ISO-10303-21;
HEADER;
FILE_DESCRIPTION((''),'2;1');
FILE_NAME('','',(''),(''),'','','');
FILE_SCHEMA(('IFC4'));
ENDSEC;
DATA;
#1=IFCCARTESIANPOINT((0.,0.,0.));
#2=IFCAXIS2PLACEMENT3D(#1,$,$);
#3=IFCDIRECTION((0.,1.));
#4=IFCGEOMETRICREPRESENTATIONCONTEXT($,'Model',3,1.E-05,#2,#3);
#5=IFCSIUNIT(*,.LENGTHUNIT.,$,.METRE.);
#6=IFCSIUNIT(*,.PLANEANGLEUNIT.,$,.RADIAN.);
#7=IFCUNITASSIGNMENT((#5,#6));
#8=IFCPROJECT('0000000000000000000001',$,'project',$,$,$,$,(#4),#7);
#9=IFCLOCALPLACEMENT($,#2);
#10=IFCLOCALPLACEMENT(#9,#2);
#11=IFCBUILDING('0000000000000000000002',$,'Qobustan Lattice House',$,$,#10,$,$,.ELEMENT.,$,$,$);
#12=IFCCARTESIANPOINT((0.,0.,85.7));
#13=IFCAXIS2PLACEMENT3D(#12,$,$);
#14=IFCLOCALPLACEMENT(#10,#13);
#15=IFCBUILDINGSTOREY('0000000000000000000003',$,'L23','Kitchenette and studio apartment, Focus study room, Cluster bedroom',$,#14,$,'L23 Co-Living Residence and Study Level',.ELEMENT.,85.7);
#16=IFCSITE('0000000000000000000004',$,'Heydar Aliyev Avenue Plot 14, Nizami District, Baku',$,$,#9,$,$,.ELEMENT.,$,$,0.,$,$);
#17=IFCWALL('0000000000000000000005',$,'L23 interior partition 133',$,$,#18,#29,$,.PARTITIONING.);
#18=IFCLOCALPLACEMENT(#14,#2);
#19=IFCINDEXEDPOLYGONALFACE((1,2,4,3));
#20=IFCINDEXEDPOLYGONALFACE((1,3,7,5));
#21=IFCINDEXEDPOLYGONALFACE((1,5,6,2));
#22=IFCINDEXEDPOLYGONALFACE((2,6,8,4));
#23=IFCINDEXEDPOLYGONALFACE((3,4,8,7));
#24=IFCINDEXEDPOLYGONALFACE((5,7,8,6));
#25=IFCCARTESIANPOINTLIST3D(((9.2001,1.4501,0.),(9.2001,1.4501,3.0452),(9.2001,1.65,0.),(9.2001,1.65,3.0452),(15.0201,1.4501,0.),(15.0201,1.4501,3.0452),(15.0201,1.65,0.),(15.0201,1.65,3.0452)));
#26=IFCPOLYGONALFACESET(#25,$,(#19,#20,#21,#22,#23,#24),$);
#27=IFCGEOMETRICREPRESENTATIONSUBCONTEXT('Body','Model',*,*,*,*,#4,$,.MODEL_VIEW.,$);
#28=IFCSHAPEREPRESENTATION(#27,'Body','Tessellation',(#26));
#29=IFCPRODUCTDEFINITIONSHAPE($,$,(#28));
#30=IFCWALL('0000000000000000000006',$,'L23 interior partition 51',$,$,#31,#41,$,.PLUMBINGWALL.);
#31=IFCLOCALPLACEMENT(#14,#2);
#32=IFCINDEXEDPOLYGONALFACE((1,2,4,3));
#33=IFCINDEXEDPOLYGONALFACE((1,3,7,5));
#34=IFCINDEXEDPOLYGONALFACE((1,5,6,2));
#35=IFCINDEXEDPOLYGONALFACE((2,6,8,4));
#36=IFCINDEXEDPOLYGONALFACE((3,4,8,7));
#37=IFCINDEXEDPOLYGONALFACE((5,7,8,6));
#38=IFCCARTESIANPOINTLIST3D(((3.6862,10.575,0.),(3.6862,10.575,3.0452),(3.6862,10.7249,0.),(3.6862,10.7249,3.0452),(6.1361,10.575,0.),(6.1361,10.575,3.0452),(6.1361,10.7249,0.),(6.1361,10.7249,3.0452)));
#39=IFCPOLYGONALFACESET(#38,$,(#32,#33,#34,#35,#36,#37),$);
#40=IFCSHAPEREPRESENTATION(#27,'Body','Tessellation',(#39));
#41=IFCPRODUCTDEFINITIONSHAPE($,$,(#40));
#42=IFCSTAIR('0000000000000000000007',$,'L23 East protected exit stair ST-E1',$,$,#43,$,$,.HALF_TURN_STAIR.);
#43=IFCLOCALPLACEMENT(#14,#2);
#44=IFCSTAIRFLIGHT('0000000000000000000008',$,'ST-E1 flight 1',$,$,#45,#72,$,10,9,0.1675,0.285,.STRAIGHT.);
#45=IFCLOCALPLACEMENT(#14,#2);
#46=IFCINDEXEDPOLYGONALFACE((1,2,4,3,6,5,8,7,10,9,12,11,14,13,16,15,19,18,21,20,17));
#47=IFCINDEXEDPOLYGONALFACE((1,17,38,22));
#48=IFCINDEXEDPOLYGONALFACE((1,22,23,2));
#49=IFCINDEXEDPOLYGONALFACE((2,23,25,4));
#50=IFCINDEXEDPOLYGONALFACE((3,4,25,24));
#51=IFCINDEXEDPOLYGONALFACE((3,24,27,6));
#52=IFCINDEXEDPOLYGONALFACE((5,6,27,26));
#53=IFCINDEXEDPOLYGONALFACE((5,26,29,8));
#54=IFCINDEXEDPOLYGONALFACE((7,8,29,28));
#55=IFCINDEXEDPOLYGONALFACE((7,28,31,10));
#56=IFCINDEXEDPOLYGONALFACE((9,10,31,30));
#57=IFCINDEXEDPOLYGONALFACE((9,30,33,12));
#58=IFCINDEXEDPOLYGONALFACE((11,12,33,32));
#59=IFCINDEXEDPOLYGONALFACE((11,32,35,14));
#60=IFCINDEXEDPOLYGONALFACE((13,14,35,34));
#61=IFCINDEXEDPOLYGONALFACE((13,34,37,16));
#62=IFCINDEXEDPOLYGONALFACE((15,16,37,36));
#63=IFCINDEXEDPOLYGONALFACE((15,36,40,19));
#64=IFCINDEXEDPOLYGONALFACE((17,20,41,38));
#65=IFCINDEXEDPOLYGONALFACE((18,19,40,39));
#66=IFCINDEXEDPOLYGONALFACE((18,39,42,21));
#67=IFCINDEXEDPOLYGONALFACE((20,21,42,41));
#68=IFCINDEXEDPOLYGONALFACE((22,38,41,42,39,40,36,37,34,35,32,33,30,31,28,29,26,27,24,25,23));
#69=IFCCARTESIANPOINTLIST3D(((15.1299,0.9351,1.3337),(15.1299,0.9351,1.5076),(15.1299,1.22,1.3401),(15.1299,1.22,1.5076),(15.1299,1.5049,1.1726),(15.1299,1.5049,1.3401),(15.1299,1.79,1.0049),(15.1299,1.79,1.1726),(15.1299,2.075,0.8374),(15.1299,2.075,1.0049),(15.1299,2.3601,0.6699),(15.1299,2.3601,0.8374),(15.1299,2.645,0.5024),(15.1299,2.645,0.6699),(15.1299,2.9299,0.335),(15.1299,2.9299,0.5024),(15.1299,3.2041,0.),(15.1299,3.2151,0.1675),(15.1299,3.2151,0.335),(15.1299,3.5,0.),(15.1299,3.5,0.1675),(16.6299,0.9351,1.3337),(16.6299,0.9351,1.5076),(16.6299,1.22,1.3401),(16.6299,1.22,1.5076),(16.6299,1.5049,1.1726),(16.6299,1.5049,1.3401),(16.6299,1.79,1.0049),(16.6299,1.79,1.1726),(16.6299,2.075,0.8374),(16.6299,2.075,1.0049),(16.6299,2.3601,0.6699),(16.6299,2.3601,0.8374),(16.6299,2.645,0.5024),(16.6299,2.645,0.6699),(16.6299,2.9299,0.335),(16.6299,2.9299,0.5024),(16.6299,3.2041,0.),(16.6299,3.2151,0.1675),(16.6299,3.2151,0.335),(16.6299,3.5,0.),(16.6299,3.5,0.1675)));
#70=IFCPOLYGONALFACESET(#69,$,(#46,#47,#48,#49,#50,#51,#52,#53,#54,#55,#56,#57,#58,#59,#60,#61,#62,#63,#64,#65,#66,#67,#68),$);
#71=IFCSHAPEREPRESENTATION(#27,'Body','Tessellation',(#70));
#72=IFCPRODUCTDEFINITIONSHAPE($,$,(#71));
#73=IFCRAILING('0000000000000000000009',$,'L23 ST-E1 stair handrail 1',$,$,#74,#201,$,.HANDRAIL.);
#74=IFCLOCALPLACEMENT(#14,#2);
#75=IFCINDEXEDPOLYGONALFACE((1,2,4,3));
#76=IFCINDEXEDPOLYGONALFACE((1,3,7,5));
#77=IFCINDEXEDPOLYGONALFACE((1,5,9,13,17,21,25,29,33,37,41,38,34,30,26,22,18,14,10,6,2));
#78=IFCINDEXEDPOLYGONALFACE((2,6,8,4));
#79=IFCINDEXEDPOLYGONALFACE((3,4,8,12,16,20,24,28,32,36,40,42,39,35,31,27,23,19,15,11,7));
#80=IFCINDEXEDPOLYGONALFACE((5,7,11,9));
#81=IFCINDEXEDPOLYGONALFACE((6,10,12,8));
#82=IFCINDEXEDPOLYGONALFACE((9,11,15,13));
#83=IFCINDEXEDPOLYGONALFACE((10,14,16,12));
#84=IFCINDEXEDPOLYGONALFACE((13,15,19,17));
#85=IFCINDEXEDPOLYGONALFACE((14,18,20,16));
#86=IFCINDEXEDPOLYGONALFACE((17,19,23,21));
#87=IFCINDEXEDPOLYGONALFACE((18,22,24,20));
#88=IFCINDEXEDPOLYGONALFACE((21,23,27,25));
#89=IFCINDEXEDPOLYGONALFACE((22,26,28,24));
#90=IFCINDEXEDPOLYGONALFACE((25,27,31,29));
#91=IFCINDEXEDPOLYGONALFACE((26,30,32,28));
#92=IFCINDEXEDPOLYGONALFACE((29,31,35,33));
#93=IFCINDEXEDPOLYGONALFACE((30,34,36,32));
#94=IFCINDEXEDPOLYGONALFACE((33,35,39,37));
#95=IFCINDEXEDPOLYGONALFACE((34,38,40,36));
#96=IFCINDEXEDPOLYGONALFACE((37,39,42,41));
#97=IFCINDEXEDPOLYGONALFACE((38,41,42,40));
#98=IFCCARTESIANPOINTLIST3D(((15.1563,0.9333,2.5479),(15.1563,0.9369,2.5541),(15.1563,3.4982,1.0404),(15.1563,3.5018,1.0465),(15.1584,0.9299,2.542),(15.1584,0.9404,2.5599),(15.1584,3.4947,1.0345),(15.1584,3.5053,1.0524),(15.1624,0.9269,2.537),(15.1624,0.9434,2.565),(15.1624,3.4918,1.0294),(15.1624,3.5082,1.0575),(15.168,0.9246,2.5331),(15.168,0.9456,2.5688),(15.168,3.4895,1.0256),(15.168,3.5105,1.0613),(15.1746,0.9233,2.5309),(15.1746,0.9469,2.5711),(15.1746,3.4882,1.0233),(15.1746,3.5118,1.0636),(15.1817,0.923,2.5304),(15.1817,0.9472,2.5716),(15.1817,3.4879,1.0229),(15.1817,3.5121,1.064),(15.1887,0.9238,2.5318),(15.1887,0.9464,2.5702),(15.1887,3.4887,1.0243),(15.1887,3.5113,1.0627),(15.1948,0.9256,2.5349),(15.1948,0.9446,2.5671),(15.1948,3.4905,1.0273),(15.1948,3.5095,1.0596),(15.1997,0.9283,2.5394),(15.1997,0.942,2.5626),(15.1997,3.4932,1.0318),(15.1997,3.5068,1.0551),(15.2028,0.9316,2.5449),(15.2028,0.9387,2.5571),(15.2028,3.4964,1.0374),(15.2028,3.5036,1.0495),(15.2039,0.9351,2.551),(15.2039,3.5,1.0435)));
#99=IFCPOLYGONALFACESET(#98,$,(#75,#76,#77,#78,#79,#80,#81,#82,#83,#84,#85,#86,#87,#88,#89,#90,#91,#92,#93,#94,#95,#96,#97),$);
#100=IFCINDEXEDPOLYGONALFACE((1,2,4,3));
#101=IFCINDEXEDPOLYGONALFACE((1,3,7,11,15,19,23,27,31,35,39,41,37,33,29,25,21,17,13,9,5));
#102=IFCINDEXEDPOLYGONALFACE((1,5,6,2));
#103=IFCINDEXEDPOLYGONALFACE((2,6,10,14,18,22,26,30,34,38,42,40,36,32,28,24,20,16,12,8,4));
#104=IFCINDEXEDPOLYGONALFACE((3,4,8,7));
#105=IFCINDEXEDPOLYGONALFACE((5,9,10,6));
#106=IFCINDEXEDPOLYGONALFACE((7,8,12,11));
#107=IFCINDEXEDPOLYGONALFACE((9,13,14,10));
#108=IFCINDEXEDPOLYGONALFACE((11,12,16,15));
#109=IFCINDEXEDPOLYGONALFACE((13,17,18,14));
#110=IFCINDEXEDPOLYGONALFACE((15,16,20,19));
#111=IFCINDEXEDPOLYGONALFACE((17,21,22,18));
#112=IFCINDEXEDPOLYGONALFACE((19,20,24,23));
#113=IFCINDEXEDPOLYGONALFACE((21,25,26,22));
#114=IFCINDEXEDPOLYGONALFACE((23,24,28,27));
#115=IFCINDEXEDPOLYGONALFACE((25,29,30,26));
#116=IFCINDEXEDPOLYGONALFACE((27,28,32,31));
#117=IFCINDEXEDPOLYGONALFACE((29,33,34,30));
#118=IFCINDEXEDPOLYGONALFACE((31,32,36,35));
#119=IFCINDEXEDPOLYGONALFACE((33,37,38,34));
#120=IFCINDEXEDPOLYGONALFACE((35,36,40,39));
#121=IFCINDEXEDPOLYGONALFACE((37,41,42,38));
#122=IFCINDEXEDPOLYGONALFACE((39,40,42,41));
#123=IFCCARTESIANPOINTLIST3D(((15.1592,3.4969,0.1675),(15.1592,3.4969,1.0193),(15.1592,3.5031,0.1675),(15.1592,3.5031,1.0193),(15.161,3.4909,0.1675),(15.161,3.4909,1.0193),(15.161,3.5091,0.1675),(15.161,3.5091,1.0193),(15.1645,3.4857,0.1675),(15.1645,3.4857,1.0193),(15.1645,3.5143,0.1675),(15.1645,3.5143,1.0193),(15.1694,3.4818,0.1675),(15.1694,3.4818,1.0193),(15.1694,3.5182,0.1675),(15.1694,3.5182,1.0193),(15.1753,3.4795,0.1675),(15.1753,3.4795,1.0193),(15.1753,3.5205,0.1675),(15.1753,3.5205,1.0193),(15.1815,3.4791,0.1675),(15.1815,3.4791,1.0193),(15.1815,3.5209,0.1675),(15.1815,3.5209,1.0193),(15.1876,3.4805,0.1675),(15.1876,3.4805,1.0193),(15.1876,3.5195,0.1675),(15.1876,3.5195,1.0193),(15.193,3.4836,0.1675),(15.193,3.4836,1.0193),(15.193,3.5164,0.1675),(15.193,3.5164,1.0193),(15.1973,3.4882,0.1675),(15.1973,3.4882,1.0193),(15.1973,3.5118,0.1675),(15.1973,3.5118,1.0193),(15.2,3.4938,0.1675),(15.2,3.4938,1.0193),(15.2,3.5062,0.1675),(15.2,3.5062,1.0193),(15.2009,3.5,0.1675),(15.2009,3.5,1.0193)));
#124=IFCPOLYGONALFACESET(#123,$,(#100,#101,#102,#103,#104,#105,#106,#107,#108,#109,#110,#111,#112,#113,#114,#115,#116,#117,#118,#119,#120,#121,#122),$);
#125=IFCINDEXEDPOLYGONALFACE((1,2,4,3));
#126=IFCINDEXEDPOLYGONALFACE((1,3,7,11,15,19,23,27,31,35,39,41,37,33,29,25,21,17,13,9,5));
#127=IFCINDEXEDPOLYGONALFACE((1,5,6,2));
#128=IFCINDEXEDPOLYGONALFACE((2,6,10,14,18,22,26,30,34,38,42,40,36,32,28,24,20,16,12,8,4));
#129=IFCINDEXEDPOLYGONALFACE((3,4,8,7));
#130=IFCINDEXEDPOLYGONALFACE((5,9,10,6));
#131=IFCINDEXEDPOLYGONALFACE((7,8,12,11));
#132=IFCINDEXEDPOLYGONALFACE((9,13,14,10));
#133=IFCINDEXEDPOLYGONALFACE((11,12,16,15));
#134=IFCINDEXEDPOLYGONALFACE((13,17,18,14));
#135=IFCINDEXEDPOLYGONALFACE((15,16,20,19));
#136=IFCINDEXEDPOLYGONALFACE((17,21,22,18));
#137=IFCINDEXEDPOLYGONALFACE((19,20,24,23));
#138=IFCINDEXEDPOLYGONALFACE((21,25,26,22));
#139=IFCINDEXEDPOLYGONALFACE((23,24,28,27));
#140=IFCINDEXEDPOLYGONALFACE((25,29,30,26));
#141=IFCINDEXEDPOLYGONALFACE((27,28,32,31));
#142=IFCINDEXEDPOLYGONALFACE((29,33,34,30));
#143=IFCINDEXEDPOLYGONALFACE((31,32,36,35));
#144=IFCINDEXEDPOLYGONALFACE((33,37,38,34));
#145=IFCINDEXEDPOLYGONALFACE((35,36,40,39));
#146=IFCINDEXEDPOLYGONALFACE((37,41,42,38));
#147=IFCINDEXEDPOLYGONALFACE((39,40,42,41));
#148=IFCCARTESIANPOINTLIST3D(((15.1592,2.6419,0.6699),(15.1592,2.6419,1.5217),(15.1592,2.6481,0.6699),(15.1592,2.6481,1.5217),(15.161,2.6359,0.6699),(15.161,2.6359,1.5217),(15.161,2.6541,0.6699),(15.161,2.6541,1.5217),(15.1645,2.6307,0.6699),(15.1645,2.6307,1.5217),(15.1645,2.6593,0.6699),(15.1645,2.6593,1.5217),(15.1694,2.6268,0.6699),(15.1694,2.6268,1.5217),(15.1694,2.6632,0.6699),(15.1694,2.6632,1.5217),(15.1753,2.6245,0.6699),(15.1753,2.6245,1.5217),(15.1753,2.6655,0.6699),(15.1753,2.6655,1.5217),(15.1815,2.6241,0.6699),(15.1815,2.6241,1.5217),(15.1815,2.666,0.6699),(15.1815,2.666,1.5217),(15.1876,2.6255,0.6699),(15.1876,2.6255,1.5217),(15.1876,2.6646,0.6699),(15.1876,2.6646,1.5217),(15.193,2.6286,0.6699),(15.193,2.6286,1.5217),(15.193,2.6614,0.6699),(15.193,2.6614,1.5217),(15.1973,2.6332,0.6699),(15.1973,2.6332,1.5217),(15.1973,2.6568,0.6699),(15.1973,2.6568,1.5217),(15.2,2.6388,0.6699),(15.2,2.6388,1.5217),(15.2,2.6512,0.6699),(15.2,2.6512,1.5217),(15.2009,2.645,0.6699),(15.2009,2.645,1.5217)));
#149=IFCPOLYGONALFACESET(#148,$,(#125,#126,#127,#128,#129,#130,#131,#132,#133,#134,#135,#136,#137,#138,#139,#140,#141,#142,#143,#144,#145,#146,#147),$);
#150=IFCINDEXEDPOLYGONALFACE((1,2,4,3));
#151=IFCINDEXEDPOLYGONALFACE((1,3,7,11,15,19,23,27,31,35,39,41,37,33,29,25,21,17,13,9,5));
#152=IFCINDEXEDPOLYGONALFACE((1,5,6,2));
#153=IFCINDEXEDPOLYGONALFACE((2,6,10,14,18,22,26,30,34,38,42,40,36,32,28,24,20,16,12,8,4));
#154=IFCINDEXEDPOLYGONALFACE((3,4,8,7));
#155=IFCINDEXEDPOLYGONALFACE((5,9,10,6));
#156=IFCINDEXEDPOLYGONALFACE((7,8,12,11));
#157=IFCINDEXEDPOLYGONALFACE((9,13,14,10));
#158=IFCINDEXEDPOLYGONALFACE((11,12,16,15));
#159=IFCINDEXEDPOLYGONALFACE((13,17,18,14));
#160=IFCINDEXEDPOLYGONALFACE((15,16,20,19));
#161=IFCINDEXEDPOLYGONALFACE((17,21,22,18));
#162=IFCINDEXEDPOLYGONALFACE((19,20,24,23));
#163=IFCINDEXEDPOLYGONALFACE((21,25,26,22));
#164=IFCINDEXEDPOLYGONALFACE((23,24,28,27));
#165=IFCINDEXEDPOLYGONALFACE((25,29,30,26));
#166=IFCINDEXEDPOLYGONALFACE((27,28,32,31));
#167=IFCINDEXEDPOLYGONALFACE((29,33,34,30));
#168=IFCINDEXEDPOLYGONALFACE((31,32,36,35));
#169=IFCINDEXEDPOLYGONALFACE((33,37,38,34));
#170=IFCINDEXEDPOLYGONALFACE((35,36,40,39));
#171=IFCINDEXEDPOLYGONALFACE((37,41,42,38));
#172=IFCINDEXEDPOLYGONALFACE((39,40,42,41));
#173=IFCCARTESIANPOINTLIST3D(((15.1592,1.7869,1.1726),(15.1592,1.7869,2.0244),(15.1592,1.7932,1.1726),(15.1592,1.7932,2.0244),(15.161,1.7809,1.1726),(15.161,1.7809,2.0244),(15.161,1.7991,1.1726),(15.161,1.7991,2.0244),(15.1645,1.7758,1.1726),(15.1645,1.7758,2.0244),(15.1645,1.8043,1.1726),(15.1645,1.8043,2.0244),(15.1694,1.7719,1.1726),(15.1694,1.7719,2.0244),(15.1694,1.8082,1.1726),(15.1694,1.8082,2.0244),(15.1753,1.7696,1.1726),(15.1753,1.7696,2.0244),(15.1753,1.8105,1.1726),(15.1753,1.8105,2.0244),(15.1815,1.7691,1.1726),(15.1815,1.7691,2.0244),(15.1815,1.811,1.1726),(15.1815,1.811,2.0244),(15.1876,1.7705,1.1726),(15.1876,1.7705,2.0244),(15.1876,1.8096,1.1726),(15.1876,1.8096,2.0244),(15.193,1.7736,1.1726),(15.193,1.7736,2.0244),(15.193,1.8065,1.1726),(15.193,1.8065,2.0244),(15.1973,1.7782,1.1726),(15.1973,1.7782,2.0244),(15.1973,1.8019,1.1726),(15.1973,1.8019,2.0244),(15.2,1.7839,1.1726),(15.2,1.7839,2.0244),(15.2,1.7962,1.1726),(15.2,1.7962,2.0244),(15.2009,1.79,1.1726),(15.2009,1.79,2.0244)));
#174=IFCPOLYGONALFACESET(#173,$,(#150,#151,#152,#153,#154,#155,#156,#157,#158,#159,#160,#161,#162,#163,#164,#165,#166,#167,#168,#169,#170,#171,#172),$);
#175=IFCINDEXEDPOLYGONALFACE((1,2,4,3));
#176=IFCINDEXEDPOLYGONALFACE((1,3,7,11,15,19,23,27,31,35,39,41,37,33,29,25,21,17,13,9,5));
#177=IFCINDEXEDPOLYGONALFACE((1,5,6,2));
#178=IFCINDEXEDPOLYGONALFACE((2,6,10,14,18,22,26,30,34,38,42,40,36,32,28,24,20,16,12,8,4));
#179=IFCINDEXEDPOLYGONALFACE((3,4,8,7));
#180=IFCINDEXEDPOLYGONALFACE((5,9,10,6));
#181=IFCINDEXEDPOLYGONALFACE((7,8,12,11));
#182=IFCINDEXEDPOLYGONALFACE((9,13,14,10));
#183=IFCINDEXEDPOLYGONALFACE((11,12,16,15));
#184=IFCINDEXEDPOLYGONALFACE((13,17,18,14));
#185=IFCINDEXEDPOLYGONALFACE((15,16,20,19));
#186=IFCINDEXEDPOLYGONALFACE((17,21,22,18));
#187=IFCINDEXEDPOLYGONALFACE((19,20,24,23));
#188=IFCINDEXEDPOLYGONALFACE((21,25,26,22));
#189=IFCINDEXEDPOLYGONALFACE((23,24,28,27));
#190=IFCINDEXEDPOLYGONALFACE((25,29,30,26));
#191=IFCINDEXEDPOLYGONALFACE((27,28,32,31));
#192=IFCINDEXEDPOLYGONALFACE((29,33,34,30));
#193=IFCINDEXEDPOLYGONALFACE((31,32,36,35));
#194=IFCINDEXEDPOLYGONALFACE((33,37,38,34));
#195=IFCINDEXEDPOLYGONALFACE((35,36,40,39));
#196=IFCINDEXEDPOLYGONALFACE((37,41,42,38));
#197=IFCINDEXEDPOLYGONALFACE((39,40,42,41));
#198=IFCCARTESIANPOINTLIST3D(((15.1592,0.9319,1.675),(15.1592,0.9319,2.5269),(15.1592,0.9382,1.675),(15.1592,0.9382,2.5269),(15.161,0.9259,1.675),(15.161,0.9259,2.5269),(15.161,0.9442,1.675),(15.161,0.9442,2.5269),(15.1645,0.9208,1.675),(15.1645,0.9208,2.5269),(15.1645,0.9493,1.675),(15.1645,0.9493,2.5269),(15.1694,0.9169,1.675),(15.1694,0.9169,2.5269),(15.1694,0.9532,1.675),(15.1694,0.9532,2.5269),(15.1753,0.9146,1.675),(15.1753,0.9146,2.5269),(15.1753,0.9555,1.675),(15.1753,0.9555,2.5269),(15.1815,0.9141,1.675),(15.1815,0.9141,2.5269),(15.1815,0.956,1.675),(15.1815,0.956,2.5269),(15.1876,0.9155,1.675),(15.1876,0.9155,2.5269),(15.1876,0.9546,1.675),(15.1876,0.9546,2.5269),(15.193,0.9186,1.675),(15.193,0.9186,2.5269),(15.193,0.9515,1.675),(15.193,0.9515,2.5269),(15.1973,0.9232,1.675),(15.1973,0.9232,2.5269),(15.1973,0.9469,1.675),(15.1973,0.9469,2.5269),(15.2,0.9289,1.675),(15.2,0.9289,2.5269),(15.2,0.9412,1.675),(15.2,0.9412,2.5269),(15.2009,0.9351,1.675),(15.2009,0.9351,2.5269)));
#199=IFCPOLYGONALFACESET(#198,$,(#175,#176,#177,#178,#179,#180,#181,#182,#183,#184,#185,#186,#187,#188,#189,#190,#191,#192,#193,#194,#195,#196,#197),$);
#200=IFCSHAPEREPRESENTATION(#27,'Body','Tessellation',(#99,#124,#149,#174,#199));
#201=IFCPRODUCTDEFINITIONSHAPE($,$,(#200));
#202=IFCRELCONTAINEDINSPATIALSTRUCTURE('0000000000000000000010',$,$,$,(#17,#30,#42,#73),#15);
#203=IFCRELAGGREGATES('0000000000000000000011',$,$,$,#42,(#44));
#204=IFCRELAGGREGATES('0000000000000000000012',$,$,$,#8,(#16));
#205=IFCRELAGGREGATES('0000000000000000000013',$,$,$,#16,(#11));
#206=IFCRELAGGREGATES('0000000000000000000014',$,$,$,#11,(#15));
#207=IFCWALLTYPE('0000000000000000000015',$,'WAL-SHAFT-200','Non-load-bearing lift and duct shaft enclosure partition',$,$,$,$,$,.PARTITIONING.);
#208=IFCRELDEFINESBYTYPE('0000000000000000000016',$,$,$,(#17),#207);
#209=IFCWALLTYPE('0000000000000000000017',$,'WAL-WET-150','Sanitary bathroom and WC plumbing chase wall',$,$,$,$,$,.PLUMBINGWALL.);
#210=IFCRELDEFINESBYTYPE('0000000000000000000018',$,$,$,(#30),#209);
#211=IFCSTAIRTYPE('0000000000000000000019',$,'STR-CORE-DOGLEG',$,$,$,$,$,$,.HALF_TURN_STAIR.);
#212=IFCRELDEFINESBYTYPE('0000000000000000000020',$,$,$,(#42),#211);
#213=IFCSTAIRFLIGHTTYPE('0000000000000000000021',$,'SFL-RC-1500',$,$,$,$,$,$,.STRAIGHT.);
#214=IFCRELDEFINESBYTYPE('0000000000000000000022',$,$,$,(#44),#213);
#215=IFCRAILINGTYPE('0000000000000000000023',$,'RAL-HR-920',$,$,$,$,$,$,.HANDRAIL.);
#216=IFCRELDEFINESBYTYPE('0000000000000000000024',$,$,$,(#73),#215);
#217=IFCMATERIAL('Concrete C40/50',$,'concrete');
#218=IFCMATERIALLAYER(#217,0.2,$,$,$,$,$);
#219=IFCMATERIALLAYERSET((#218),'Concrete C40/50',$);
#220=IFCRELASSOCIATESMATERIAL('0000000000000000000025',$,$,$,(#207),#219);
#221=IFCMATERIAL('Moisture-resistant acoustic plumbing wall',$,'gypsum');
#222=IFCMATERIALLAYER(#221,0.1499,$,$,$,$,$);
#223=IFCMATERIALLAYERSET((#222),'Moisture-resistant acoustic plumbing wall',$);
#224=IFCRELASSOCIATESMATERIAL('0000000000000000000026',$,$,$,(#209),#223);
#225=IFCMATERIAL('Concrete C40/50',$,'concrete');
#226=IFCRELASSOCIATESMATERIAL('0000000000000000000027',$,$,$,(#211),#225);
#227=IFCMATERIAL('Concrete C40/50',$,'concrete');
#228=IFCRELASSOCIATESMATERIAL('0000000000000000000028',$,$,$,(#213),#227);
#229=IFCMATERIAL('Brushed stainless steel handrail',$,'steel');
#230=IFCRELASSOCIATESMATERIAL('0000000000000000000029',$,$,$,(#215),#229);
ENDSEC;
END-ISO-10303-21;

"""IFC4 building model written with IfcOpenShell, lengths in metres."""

from ifc_helpers import new_model, si_unit, direction, frame, frame_2d, origin, origin_2d, place, context, subcontext, project, spatial, polyline, rectangle, circle, outline, extrude, material, layer, layer_set, type_object, element, aggregate, save


model = new_model("IFC4")

# Units and contexts
model_context = context("Model", 3, precision=1e-05, world=origin(), true_north=direction((0.0, 1.0)))
body_context = subcontext(model_context, "Body", "Model", "MODEL_VIEW")
ifc_project = project(units=[si_unit("LENGTHUNIT", "METRE"), si_unit("PLANEANGLEUNIT", "RADIAN")], contexts=[model_context])

# Site, building, storey
site_placement = place(None, origin())
site = spatial("IfcSite", under=ifc_project, at=site_placement, Name="Heydar Aliyev Avenue Plot 14, Nizami District, Baku", CompositionType="ELEMENT", RefElevation=0.0)
building_placement = place(site_placement, origin())
building = spatial("IfcBuilding", under=site, at=building_placement, Name="Qobustan Lattice House", CompositionType="ELEMENT")
storey_placement = place(building_placement, frame((0.0, 0.0, 85.7)))
storey = spatial("IfcBuildingStorey", under=building, at=storey_placement, Name="L23", Description="Kitchenette and studio apartment, Focus study room, Cluster bedroom", LongName="L23 Co-Living Residence and Study Level", CompositionType="ELEMENT", Elevation=85.7)

# Walls
ifc_material_1 = material(Name="Concrete C40/50", Category="concrete")
ifc_layer_1 = layer(ifc_material_1, 0.2)
ifc_layer_set_1 = layer_set([ifc_layer_1], Name="Concrete C40/50")
wall_type_1 = type_object("IfcWallType", Name="WAL-SHAFT-200", Description="Non-load-bearing lift and duct shaft enclosure partition", PredefinedType="PARTITIONING", material=ifc_layer_set_1)
wall_1_placement = place(storey_placement, frame((9.2, 1.55, 0.0), z_axis=(0.0, 0.0, 1.0), x_axis=(1.0, 0.0, 0.0)))
element("IfcWall", 1, at=wall_1_placement, inside=storey, type_object=wall_type_1, Name="L23 interior partition 133", PredefinedType="PARTITIONING", context=body_context, shape_type="SweptSolid", body=[
    extrude(rectangle(XDim=5.8201, YDim=0.2, at=frame_2d((2.9102, 0.0))), origin(), (0.0, 0.0, 1.0), 3.0452),
])
ifc_material_2 = material(Name="Moisture-resistant acoustic plumbing wall", Category="gypsum")
ifc_layer_2 = layer(ifc_material_2, 0.1499)
ifc_layer_set_2 = layer_set([ifc_layer_2], Name="Moisture-resistant acoustic plumbing wall")
wall_type_2 = type_object("IfcWallType", Name="WAL-WET-150", Description="Sanitary bathroom and WC plumbing chase wall", PredefinedType="PLUMBINGWALL", material=ifc_layer_set_2)
wall_2_placement = place(storey_placement, frame((3.686, 10.6499, 0.0), z_axis=(0.0, 0.0, 1.0), x_axis=(1.0, 0.0, 0.0)))
element("IfcWall", 2, at=wall_2_placement, inside=storey, type_object=wall_type_2, Name="L23 interior partition 51", PredefinedType="PLUMBINGWALL", context=body_context, shape_type="SweptSolid", body=[
    extrude(rectangle(XDim=2.45, YDim=0.1499, at=frame_2d((1.2251, 0.0))), origin(), (0.0, 0.0, 1.0), 3.0452),
])

# Stair, stair flight
ifc_material_3 = material(Name="Concrete C40/50", Category="concrete")
stair_type = type_object("IfcStairType", Name="STR-CORE-DOGLEG", PredefinedType="HALF_TURN_STAIR", material=ifc_material_3)
stair_placement = place(storey_placement, origin())
stair = element("IfcStair", 3, at=stair_placement, inside=storey, type_object=stair_type, Name="L23 East protected exit stair ST-E1", PredefinedType="HALF_TURN_STAIR")
ifc_material_4 = material(Name="Concrete C40/50", Category="concrete")
stair_flight_type = type_object("IfcStairFlightType", Name="SFL-RC-1500", PredefinedType="STRAIGHT", material=ifc_material_4)
stair_flight_placement = place(storey_placement, frame((15.8799, 3.5, 0.0), z_axis=(0.0, 0.0, 1.0), x_axis=(0.0, -1.0, 0.0)))
stair_flight = element("IfcStairFlight", 4, at=stair_flight_placement, type_object=stair_flight_type, Name="ST-E1 flight 1", NumberOfRisers=10, NumberOfTreads=9, PredefinedType="STRAIGHT", RiserHeight=0.1675, TreadLength=0.285, context=body_context, shape_type="SweptSolid", body=[
    extrude(outline(polyline([(0.0, 0.0), (0.0, 0.1675), (0.2849, 0.1675), (0.2849, 0.335), (0.5701, 0.335), (0.5701, 0.5024), (0.855, 0.5024), (0.855, 0.6699), (1.1399, 0.6699), (1.1399, 0.8374), (1.425, 0.8374), (1.425, 1.0049), (1.71, 1.0049), (1.71, 1.1726), (1.9951, 1.1726), (1.9951, 1.3401), (2.28, 1.3401), (2.28, 1.5076), (2.5649, 1.5076), (2.5649, 1.675), (2.5649, 1.3337), (0.2959, 0.0), (0.0, 0.0)])), frame((0.0, 0.75, 0.0), z_axis=(0.0, -1.0, 0.0), x_axis=(1.0, 0.0, 0.0)), (0.0, 0.0, 1.0), 1.5),
])
aggregate(stair, [stair_flight])

# Railing
ifc_material_5 = material(Name="Brushed stainless steel handrail", Category="steel")
railing_type_1 = type_object("IfcRailingType", Name="RAL-HR-920", PredefinedType="HANDRAIL", material=ifc_material_5)
railing_1_placement = place(storey_placement, frame((15.1799, 3.5, 0.1675)))
element("IfcRailing", 5, at=railing_1_placement, inside=storey, type_object=railing_type_1, Name="L23 ST-E1 stair handrail 1", PredefinedType="HANDRAIL", context=body_context, shape_type="SweptSolid", body=[
    extrude(circle(Radius=0.0239, at=origin_2d()), frame((0.0, 0.0, 0.876), z_axis=(0.0, -0.862113, 0.506715), x_axis=(1.0, 0.0, 0.0)), (0.0, 0.0, 1.0), 2.9751),
    extrude(circle(Radius=0.021, at=origin_2d()), origin(), (0.0, 0.0, 1.0), 0.8518),
    extrude(circle(Radius=0.021, at=origin_2d()), frame((0.0, -0.855, 0.5024)), (0.0, 0.0, 1.0), 0.8518),
    extrude(circle(Radius=0.021, at=origin_2d()), frame((0.0, -1.71, 1.0051)), (0.0, 0.0, 1.0), 0.8518),
    extrude(circle(Radius=0.021, at=origin_2d()), frame((0.0, -2.5649, 1.5076)), (0.0, 0.0, 1.0), 0.8518),
])

save(model, "model.ifc")
